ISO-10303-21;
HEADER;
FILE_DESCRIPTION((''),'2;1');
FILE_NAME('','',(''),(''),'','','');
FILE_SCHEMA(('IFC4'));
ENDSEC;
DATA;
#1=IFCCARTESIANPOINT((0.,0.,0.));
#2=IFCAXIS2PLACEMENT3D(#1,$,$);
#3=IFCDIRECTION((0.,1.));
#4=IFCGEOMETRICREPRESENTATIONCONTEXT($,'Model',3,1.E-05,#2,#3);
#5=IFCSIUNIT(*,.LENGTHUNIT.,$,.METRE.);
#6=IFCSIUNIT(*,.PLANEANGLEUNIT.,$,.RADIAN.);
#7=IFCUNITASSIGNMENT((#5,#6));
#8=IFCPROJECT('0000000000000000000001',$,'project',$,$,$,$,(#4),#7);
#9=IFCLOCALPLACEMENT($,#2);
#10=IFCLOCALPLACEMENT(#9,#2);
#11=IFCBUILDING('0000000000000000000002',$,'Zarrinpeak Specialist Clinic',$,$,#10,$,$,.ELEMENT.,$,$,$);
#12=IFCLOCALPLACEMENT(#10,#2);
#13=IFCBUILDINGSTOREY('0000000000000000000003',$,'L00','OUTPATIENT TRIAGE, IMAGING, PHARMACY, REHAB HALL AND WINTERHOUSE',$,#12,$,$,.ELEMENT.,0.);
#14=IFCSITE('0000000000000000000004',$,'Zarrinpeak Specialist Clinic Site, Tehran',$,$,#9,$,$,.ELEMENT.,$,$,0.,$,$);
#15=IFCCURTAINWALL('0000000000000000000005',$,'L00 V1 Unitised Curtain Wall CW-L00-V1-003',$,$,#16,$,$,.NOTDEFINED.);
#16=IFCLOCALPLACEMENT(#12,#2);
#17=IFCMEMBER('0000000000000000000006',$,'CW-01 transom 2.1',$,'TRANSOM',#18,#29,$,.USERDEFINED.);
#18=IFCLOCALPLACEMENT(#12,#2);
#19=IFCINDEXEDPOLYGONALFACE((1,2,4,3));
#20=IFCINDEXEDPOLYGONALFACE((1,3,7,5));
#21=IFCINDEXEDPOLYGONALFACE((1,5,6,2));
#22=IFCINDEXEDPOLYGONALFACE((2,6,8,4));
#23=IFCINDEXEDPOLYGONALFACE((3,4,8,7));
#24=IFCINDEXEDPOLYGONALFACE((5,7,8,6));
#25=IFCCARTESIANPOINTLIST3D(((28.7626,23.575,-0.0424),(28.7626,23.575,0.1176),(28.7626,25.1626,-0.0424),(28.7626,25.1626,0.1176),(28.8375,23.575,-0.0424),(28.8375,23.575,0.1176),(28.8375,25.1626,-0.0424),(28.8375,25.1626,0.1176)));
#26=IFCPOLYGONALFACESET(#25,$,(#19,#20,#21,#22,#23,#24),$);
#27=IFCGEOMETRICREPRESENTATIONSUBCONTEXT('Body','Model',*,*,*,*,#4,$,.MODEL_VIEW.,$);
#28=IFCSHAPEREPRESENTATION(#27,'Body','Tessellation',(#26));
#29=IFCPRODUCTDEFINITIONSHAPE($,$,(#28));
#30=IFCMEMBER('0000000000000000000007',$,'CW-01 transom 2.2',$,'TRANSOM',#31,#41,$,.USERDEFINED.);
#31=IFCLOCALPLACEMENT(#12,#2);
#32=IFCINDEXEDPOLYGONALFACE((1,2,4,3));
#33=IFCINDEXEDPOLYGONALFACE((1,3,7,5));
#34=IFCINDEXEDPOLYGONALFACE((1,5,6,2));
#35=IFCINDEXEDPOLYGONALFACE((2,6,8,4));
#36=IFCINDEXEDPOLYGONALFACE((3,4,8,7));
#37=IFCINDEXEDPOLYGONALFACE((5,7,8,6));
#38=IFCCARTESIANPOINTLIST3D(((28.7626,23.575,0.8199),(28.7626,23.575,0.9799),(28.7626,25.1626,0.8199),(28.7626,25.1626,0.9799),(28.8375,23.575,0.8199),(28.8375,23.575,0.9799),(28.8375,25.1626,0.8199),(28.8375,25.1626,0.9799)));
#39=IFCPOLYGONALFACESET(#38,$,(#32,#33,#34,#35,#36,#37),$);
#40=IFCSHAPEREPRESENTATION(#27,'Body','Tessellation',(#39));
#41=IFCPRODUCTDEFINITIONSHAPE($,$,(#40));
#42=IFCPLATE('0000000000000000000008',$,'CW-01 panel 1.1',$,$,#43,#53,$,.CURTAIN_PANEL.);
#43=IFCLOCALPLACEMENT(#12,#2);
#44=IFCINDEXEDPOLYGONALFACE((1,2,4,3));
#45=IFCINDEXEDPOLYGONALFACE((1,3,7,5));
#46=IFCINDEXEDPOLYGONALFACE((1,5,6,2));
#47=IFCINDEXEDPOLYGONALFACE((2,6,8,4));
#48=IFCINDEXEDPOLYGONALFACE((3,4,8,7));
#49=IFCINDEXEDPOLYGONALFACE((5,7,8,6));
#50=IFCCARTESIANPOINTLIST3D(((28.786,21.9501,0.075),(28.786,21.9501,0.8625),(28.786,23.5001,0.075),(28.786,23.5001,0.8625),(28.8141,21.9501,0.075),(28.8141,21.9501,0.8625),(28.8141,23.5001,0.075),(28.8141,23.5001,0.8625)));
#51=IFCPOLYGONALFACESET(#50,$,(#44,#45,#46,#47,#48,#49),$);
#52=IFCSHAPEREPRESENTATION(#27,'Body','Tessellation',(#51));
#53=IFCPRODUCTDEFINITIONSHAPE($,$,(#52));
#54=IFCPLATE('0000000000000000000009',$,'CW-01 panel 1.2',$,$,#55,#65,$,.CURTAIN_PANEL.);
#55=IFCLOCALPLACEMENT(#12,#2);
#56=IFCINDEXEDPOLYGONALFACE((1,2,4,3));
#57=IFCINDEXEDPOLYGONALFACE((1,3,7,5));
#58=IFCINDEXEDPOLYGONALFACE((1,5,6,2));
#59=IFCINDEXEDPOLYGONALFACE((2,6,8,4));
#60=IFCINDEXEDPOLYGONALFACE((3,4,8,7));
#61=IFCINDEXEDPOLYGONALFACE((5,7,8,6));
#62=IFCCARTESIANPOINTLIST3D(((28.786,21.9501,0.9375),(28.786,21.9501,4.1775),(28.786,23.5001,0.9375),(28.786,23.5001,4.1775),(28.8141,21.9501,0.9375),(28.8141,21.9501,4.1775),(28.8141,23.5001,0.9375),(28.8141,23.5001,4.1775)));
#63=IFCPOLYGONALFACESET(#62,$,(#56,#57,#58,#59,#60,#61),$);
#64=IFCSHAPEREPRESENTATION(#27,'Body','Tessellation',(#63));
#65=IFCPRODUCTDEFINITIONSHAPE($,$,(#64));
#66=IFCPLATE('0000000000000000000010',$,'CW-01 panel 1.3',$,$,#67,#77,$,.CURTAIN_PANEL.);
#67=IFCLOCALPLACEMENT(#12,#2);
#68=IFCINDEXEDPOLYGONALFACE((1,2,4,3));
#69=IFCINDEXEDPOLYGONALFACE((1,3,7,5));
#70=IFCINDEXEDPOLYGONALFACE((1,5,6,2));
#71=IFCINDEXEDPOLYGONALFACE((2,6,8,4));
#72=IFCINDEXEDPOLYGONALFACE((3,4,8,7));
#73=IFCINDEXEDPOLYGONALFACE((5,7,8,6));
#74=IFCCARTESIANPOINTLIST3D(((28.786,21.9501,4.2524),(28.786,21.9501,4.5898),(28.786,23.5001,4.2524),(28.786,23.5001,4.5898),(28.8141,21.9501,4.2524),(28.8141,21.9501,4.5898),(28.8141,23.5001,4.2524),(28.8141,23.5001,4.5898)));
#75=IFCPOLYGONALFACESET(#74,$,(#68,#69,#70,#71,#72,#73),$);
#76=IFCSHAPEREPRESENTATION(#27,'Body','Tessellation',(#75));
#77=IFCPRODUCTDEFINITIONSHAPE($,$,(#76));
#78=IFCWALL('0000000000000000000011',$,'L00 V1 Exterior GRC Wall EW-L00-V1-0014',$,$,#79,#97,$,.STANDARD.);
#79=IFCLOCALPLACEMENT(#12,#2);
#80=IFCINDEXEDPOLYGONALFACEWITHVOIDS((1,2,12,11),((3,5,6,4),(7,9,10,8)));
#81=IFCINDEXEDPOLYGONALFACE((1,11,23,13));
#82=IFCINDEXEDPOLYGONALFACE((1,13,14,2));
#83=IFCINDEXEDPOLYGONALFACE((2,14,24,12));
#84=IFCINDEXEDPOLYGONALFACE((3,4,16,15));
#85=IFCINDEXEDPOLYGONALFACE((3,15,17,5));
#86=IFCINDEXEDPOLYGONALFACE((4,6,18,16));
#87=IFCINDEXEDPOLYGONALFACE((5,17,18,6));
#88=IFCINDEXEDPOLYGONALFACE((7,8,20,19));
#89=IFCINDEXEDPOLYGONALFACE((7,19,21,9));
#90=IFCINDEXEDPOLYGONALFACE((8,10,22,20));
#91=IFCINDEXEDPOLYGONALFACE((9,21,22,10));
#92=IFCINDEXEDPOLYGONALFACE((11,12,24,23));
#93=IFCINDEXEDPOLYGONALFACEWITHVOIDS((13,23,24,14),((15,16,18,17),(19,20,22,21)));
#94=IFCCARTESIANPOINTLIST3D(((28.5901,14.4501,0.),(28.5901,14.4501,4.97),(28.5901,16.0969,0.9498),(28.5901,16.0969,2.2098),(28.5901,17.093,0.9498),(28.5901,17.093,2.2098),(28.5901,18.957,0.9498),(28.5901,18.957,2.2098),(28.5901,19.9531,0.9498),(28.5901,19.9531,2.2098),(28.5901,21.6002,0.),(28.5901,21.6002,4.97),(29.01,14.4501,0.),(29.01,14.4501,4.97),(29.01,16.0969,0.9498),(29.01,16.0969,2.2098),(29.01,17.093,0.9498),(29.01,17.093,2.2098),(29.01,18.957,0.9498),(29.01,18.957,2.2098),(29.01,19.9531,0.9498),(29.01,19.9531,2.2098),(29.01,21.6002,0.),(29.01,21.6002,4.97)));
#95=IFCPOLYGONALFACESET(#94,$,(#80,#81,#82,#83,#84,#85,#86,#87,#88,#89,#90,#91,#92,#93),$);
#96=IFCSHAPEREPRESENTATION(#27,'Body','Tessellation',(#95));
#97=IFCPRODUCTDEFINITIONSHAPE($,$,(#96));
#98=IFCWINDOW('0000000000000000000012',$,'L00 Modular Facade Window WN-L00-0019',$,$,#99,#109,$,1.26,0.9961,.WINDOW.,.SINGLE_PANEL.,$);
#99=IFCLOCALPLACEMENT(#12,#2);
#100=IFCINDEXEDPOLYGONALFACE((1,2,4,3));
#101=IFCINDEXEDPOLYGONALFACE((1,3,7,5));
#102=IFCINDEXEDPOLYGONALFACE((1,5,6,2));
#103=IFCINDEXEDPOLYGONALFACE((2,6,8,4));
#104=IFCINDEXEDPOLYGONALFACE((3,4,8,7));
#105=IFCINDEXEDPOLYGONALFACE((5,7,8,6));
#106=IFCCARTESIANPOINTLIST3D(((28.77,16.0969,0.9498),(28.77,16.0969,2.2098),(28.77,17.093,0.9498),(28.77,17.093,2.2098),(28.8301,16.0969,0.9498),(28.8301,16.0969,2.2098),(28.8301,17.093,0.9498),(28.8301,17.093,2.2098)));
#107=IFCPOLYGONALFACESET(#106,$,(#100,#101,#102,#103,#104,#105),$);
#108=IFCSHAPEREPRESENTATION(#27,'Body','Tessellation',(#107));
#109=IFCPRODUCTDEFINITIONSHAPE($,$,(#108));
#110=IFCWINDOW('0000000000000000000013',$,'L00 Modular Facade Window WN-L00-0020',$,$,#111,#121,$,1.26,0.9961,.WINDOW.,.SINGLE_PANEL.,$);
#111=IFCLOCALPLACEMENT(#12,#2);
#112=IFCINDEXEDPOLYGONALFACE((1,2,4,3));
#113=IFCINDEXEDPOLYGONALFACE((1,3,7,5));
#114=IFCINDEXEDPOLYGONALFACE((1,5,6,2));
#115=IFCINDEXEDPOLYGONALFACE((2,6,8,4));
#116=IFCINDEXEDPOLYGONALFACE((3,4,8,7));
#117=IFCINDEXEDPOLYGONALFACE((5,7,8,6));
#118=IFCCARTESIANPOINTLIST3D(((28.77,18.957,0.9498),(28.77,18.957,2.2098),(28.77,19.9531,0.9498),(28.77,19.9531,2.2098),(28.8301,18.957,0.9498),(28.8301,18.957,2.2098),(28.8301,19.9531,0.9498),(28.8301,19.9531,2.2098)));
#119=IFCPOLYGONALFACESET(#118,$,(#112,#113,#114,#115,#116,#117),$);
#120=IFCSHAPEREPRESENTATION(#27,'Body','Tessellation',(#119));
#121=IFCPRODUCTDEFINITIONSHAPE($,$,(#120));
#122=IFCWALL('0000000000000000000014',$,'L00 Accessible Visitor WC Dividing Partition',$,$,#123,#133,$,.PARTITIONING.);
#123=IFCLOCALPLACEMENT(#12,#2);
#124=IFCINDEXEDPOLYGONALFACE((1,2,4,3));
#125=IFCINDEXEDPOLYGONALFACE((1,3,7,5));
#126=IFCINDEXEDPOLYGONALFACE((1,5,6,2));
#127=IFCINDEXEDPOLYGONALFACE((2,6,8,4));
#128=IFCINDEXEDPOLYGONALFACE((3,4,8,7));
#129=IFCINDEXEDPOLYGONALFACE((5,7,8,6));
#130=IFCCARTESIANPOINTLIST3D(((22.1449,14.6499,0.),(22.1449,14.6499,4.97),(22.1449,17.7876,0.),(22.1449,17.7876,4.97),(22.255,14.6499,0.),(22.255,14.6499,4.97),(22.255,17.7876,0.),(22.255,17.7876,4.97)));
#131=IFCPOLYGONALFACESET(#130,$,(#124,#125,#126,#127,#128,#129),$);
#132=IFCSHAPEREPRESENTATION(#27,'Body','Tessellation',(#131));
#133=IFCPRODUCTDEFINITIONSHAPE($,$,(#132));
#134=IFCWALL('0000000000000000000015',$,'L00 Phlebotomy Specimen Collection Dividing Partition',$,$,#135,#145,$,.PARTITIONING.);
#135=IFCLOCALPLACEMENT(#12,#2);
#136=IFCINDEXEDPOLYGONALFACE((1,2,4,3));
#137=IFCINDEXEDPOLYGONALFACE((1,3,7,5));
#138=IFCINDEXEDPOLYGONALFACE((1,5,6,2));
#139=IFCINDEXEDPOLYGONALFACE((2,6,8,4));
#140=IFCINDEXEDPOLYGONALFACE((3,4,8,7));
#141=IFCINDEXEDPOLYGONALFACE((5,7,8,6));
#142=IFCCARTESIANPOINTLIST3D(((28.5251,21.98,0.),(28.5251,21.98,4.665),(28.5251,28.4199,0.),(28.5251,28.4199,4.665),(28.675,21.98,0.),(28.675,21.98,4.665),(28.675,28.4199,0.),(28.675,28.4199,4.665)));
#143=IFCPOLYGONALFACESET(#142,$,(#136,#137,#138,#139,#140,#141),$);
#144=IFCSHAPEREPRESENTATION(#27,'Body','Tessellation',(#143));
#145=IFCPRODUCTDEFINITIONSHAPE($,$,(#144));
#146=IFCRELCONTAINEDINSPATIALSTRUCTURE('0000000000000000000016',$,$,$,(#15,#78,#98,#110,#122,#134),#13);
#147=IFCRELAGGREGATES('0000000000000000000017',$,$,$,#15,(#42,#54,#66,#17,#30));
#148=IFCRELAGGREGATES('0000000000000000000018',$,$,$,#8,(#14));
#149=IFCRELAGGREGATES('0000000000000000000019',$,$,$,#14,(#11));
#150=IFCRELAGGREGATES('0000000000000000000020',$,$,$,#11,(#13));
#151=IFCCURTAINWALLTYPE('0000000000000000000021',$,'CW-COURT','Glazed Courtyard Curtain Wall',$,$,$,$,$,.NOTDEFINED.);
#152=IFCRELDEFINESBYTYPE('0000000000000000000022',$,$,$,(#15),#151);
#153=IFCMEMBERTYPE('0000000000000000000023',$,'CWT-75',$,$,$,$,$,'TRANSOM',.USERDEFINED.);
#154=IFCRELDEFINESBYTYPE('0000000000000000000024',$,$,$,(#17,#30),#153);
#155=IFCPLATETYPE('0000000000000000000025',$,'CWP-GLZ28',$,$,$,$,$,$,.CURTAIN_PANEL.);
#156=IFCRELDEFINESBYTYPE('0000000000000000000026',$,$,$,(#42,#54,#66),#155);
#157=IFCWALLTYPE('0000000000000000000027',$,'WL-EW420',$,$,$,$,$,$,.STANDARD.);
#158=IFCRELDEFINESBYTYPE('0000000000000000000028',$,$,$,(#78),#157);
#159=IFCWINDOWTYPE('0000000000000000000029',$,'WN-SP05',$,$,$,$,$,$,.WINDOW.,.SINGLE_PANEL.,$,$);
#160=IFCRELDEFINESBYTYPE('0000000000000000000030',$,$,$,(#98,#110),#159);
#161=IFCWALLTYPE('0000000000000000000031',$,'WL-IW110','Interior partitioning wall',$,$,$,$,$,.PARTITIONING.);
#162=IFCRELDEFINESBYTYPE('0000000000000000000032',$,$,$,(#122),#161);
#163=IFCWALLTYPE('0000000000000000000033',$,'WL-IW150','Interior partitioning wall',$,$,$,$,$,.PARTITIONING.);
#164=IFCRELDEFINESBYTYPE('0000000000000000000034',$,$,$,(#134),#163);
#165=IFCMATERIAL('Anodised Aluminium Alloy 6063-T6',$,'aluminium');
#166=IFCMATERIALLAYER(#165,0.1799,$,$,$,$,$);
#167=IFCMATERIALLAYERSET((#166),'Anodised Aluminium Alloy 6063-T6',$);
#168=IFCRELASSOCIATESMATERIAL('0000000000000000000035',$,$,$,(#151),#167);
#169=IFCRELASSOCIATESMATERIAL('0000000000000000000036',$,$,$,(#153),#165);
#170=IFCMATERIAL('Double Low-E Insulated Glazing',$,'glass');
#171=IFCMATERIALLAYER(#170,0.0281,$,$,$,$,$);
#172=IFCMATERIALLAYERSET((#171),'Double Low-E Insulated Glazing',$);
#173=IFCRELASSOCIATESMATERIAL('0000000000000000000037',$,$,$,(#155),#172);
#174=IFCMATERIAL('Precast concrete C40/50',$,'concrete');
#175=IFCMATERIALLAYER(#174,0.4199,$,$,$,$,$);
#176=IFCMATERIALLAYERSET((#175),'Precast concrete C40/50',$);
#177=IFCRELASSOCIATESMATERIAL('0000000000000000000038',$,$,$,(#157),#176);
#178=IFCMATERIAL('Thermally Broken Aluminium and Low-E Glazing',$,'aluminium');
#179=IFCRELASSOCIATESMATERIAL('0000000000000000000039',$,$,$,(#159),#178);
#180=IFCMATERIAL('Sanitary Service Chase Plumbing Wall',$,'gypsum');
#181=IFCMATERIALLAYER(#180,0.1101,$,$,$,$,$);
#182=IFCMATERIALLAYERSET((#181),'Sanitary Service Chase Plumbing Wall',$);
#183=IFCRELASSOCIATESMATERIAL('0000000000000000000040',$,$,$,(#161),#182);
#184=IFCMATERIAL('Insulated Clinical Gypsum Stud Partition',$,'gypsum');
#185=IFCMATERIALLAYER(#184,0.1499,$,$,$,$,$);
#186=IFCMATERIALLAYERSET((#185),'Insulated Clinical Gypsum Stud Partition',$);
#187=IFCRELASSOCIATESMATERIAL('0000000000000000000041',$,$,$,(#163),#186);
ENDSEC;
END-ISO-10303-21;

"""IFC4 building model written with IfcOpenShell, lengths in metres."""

from ifc_helpers import new_model, si_unit, direction, frame, frame_2d, origin, origin_2d, place, context, subcontext, project, spatial, rectangle, extrude, material, layer, layer_set, material_profile, profile_set, type_object, element, fill, aggregate, save


model = new_model("IFC4")

# Units and contexts
model_context = context("Model", 3, precision=1e-05, world=origin(), true_north=direction((0.0, 1.0)))
body_context = subcontext(model_context, "Body", "Model", "MODEL_VIEW")
ifc_project = project(units=[si_unit("LENGTHUNIT", "METRE"), si_unit("PLANEANGLEUNIT", "RADIAN")], contexts=[model_context])

# Site, building, storey
site_placement = place(None, origin())
site = spatial("IfcSite", under=ifc_project, at=site_placement, Name="Zarrinpeak Specialist Clinic Site, Tehran", CompositionType="ELEMENT", RefElevation=0.0)
building_placement = place(site_placement, origin())
building = spatial("IfcBuilding", under=site, at=building_placement, Name="Zarrinpeak Specialist Clinic", CompositionType="ELEMENT")
storey_placement = place(building_placement, origin())
storey = spatial("IfcBuildingStorey", under=building, at=storey_placement, Name="L00", Description="OUTPATIENT TRIAGE, IMAGING, PHARMACY, REHAB HALL AND WINTERHOUSE", CompositionType="ELEMENT", Elevation=0.0)

# Curtain wall, members, plates
ifc_material_1 = material(Name="Anodised Aluminium Alloy 6063-T6", Category="aluminium")
ifc_layer_1 = layer(ifc_material_1, 0.1799)
ifc_layer_set_1 = layer_set([ifc_layer_1], Name="Anodised Aluminium Alloy 6063-T6")
curtain_wall_type = type_object("IfcCurtainWallType", Name="CW-COURT", Description="Glazed Courtyard Curtain Wall", PredefinedType="NOTDEFINED", material=ifc_layer_set_1)
curtain_wall_placement = place(storey_placement, origin())
curtain_wall = element("IfcCurtainWall", 1, at=curtain_wall_placement, inside=storey, type_object=curtain_wall_type, Name="L00 V1 Unitised Curtain Wall CW-L00-V1-003", PredefinedType="NOTDEFINED")
ifc_material_profile_1 = material_profile(ifc_material_1, rectangle(XDim=0.075, YDim=0.1599, at=origin_2d()), Name="ALU 75x160")
ifc_profile_set_1 = profile_set([ifc_material_profile_1], Name="Anodised Aluminium Alloy 6063-T6")
member_type_1 = type_object("IfcMemberType", Name="CWT-75", ElementType="TRANSOM", PredefinedType="USERDEFINED", material=ifc_profile_set_1)
member_1_placement = place(storey_placement, frame((28.8, 23.575, 0.0376), z_axis=(0.0, 1.0, 0.0), x_axis=(-1.0, 0.0, 0.0)))
member_1 = element("IfcMember", 2, at=member_1_placement, type_object=member_type_1, Name="CW-01 transom 2.1", ObjectType="TRANSOM", PredefinedType="USERDEFINED", context=body_context, shape_type="SweptSolid", body=[
    extrude(rectangle(XDim=0.075, YDim=0.1599, at=origin_2d()), origin(), (0.0, 0.0, 1.0), 1.5876),
])
member_2_placement = place(storey_placement, frame((28.8, 23.575, 0.8999), z_axis=(0.0, 1.0, 0.0), x_axis=(-1.0, 0.0, 0.0)))
member_2 = element("IfcMember", 3, at=member_2_placement, type_object=member_type_1, Name="CW-01 transom 2.2", ObjectType="TRANSOM", PredefinedType="USERDEFINED", context=body_context, shape_type="SweptSolid", body=[
    extrude(rectangle(XDim=0.075, YDim=0.1599, at=origin_2d()), origin(), (0.0, 0.0, 1.0), 1.5876),
])
ifc_material_2 = material(Name="Double Low-E Insulated Glazing", Category="glass")
ifc_layer_2 = layer(ifc_material_2, 0.0281)
ifc_layer_set_2 = layer_set([ifc_layer_2], Name="Double Low-E Insulated Glazing")
plate_type = type_object("IfcPlateType", Name="CWP-GLZ28", PredefinedType="CURTAIN_PANEL", material=ifc_layer_set_2)
plate_1_placement = place(storey_placement, frame((28.8, 22.7251, 0.075), z_axis=(0.0, 0.0, 1.0), x_axis=(0.0, 1.0, 0.0)))
plate_1 = element("IfcPlate", 4, at=plate_1_placement, type_object=plate_type, Name="CW-01 panel 1.1", PredefinedType="CURTAIN_PANEL", context=body_context, shape_type="SweptSolid", body=[
    extrude(rectangle(XDim=1.55, YDim=0.0281, at=origin_2d()), origin(), (0.0, 0.0, 1.0), 0.7876),
])
plate_2_placement = place(storey_placement, frame((28.8, 22.7251, 0.9375), z_axis=(0.0, 0.0, 1.0), x_axis=(0.0, 1.0, 0.0)))
plate_2 = element("IfcPlate", 5, at=plate_2_placement, type_object=plate_type, Name="CW-01 panel 1.2", PredefinedType="CURTAIN_PANEL", context=body_context, shape_type="SweptSolid", body=[
    extrude(rectangle(XDim=1.55, YDim=0.0281, at=origin_2d()), origin(), (0.0, 0.0, 1.0), 3.24),
])
plate_3_placement = place(storey_placement, frame((28.8, 22.7251, 4.2524), z_axis=(0.0, 0.0, 1.0), x_axis=(0.0, 1.0, 0.0)))
plate_3 = element("IfcPlate", 6, at=plate_3_placement, type_object=plate_type, Name="CW-01 panel 1.3", PredefinedType="CURTAIN_PANEL", context=body_context, shape_type="SweptSolid", body=[
    extrude(rectangle(XDim=1.55, YDim=0.0281, at=origin_2d()), origin(), (0.0, 0.0, 1.0), 0.3374),
])
aggregate(curtain_wall, [plate_1, plate_2, plate_3, member_1, member_2])

# Wall, openings, windows
ifc_material_3 = material(Name="Precast concrete C40/50", Category="concrete")
ifc_layer_3 = layer(ifc_material_3, 0.4199)
ifc_layer_set_3 = layer_set([ifc_layer_3], Name="Precast concrete C40/50")
wall_type_1 = type_object("IfcWallType", Name="WL-EW420", PredefinedType="STANDARD", material=ifc_layer_set_3)
wall_1_placement = place(storey_placement, frame((28.8, 14.45, 0.0), z_axis=(0.0, 0.0, 1.0), x_axis=(0.0, 1.0, 0.0)))
wall_1 = element("IfcWall", 7, at=wall_1_placement, inside=storey, type_object=wall_type_1, Name="L00 V1 Exterior GRC Wall EW-L00-V1-0014", PredefinedType="STANDARD", context=body_context, shape_type="SweptSolid", body=[
    extrude(rectangle(XDim=7.1501, YDim=0.4199, at=frame_2d((3.5752, 0.0))), origin(), (0.0, 0.0, 1.0), 4.97),
])
opening_1_placement = place(wall_1_placement, frame((1.647, 0.0, 0.95)))
opening_1 = element("IfcOpeningElement", 8, at=opening_1_placement, cuts=wall_1, PredefinedType="OPENING", context=body_context, shape_type="SweptSolid", body=[
    extrude(rectangle(XDim=0.9961, YDim=1.26, at=frame_2d((0.498, 0.6299))), frame((0.0, 0.22, 0.0), z_axis=(0.0, -1.0, 0.0), x_axis=(1.0, 0.0, 0.0)), (0.0, 0.0, 1.0), 0.4399),
])
opening_2_placement = place(wall_1_placement, frame((4.5071, 0.0, 0.95)))
opening_2 = element("IfcOpeningElement", 9, at=opening_2_placement, cuts=wall_1, PredefinedType="OPENING", context=body_context, shape_type="SweptSolid", body=[
    extrude(rectangle(XDim=0.9961, YDim=1.26, at=frame_2d((0.498, 0.6299))), frame((0.0, 0.22, 0.0), z_axis=(0.0, -1.0, 0.0), x_axis=(1.0, 0.0, 0.0)), (0.0, 0.0, 1.0), 0.4399),
])
ifc_material_4 = material(Name="Thermally Broken Aluminium and Low-E Glazing", Category="aluminium")
window_type = type_object("IfcWindowType", Name="WN-SP05", PartitioningType="SINGLE_PANEL", PredefinedType="WINDOW", material=ifc_material_4)
window_1_placement = place(opening_1_placement, origin())
window_1 = element("IfcWindow", 10, at=window_1_placement, inside=storey, type_object=window_type, Name="L00 Modular Facade Window WN-L00-0019", OverallHeight=1.26, OverallWidth=0.9961, PartitioningType="SINGLE_PANEL", PredefinedType="WINDOW", context=body_context, shape_type="SweptSolid", body=[
    extrude(rectangle(XDim=0.9961, YDim=1.26, at=frame_2d((0.498, 0.6299))), frame((0.0, 0.03, 0.0), z_axis=(0.0, -1.0, 0.0), x_axis=(1.0, 0.0, 0.0)), (0.0, 0.0, 1.0), 0.0601),
])
fill(opening_1, window_1)
window_2_placement = place(opening_2_placement, origin())
window_2 = element("IfcWindow", 11, at=window_2_placement, inside=storey, type_object=window_type, Name="L00 Modular Facade Window WN-L00-0020", OverallHeight=1.26, OverallWidth=0.9961, PartitioningType="SINGLE_PANEL", PredefinedType="WINDOW", context=body_context, shape_type="SweptSolid", body=[
    extrude(rectangle(XDim=0.9961, YDim=1.26, at=frame_2d((0.498, 0.6299))), frame((0.0, 0.03, 0.0), z_axis=(0.0, -1.0, 0.0), x_axis=(1.0, 0.0, 0.0)), (0.0, 0.0, 1.0), 0.0601),
])
fill(opening_2, window_2)

# Walls
ifc_material_5 = material(Name="Sanitary Service Chase Plumbing Wall", Category="gypsum")
ifc_layer_4 = layer(ifc_material_5, 0.1101)
ifc_layer_set_4 = layer_set([ifc_layer_4], Name="Sanitary Service Chase Plumbing Wall")
wall_type_2 = type_object("IfcWallType", Name="WL-IW110", Description="Interior partitioning wall", PredefinedType="PARTITIONING", material=ifc_layer_set_4)
wall_2_placement = place(storey_placement, frame((22.2, 14.6499, 0.0), z_axis=(0.0, 0.0, 1.0), x_axis=(0.0, 1.0, 0.0)))
element("IfcWall", 12, at=wall_2_placement, inside=storey, type_object=wall_type_2, Name="L00 Accessible Visitor WC Dividing Partition", PredefinedType="PARTITIONING", context=body_context, shape_type="SweptSolid", body=[
    extrude(rectangle(XDim=3.1377, YDim=0.1101, at=frame_2d((1.5688, 0.0))), origin(), (0.0, 0.0, 1.0), 4.97),
])
ifc_material_6 = material(Name="Insulated Clinical Gypsum Stud Partition", Category="gypsum")
ifc_layer_5 = layer(ifc_material_6, 0.1499)
ifc_layer_set_5 = layer_set([ifc_layer_5], Name="Insulated Clinical Gypsum Stud Partition")
wall_type_3 = type_object("IfcWallType", Name="WL-IW150", Description="Interior partitioning wall", PredefinedType="PARTITIONING", material=ifc_layer_set_5)
wall_3_placement = place(storey_placement, frame((28.6001, 21.98, 0.0), z_axis=(0.0, 0.0, 1.0), x_axis=(0.0, 1.0, 0.0)))
element("IfcWall", 13, at=wall_3_placement, inside=storey, type_object=wall_type_3, Name="L00 Phlebotomy Specimen Collection Dividing Partition", PredefinedType="PARTITIONING", context=body_context, shape_type="SweptSolid", body=[
    extrude(rectangle(XDim=6.4399, YDim=0.1499, at=frame_2d((3.22, 0.0))), origin(), (0.0, 0.0, 1.0), 4.665),
])

save(model, "model.ifc")
